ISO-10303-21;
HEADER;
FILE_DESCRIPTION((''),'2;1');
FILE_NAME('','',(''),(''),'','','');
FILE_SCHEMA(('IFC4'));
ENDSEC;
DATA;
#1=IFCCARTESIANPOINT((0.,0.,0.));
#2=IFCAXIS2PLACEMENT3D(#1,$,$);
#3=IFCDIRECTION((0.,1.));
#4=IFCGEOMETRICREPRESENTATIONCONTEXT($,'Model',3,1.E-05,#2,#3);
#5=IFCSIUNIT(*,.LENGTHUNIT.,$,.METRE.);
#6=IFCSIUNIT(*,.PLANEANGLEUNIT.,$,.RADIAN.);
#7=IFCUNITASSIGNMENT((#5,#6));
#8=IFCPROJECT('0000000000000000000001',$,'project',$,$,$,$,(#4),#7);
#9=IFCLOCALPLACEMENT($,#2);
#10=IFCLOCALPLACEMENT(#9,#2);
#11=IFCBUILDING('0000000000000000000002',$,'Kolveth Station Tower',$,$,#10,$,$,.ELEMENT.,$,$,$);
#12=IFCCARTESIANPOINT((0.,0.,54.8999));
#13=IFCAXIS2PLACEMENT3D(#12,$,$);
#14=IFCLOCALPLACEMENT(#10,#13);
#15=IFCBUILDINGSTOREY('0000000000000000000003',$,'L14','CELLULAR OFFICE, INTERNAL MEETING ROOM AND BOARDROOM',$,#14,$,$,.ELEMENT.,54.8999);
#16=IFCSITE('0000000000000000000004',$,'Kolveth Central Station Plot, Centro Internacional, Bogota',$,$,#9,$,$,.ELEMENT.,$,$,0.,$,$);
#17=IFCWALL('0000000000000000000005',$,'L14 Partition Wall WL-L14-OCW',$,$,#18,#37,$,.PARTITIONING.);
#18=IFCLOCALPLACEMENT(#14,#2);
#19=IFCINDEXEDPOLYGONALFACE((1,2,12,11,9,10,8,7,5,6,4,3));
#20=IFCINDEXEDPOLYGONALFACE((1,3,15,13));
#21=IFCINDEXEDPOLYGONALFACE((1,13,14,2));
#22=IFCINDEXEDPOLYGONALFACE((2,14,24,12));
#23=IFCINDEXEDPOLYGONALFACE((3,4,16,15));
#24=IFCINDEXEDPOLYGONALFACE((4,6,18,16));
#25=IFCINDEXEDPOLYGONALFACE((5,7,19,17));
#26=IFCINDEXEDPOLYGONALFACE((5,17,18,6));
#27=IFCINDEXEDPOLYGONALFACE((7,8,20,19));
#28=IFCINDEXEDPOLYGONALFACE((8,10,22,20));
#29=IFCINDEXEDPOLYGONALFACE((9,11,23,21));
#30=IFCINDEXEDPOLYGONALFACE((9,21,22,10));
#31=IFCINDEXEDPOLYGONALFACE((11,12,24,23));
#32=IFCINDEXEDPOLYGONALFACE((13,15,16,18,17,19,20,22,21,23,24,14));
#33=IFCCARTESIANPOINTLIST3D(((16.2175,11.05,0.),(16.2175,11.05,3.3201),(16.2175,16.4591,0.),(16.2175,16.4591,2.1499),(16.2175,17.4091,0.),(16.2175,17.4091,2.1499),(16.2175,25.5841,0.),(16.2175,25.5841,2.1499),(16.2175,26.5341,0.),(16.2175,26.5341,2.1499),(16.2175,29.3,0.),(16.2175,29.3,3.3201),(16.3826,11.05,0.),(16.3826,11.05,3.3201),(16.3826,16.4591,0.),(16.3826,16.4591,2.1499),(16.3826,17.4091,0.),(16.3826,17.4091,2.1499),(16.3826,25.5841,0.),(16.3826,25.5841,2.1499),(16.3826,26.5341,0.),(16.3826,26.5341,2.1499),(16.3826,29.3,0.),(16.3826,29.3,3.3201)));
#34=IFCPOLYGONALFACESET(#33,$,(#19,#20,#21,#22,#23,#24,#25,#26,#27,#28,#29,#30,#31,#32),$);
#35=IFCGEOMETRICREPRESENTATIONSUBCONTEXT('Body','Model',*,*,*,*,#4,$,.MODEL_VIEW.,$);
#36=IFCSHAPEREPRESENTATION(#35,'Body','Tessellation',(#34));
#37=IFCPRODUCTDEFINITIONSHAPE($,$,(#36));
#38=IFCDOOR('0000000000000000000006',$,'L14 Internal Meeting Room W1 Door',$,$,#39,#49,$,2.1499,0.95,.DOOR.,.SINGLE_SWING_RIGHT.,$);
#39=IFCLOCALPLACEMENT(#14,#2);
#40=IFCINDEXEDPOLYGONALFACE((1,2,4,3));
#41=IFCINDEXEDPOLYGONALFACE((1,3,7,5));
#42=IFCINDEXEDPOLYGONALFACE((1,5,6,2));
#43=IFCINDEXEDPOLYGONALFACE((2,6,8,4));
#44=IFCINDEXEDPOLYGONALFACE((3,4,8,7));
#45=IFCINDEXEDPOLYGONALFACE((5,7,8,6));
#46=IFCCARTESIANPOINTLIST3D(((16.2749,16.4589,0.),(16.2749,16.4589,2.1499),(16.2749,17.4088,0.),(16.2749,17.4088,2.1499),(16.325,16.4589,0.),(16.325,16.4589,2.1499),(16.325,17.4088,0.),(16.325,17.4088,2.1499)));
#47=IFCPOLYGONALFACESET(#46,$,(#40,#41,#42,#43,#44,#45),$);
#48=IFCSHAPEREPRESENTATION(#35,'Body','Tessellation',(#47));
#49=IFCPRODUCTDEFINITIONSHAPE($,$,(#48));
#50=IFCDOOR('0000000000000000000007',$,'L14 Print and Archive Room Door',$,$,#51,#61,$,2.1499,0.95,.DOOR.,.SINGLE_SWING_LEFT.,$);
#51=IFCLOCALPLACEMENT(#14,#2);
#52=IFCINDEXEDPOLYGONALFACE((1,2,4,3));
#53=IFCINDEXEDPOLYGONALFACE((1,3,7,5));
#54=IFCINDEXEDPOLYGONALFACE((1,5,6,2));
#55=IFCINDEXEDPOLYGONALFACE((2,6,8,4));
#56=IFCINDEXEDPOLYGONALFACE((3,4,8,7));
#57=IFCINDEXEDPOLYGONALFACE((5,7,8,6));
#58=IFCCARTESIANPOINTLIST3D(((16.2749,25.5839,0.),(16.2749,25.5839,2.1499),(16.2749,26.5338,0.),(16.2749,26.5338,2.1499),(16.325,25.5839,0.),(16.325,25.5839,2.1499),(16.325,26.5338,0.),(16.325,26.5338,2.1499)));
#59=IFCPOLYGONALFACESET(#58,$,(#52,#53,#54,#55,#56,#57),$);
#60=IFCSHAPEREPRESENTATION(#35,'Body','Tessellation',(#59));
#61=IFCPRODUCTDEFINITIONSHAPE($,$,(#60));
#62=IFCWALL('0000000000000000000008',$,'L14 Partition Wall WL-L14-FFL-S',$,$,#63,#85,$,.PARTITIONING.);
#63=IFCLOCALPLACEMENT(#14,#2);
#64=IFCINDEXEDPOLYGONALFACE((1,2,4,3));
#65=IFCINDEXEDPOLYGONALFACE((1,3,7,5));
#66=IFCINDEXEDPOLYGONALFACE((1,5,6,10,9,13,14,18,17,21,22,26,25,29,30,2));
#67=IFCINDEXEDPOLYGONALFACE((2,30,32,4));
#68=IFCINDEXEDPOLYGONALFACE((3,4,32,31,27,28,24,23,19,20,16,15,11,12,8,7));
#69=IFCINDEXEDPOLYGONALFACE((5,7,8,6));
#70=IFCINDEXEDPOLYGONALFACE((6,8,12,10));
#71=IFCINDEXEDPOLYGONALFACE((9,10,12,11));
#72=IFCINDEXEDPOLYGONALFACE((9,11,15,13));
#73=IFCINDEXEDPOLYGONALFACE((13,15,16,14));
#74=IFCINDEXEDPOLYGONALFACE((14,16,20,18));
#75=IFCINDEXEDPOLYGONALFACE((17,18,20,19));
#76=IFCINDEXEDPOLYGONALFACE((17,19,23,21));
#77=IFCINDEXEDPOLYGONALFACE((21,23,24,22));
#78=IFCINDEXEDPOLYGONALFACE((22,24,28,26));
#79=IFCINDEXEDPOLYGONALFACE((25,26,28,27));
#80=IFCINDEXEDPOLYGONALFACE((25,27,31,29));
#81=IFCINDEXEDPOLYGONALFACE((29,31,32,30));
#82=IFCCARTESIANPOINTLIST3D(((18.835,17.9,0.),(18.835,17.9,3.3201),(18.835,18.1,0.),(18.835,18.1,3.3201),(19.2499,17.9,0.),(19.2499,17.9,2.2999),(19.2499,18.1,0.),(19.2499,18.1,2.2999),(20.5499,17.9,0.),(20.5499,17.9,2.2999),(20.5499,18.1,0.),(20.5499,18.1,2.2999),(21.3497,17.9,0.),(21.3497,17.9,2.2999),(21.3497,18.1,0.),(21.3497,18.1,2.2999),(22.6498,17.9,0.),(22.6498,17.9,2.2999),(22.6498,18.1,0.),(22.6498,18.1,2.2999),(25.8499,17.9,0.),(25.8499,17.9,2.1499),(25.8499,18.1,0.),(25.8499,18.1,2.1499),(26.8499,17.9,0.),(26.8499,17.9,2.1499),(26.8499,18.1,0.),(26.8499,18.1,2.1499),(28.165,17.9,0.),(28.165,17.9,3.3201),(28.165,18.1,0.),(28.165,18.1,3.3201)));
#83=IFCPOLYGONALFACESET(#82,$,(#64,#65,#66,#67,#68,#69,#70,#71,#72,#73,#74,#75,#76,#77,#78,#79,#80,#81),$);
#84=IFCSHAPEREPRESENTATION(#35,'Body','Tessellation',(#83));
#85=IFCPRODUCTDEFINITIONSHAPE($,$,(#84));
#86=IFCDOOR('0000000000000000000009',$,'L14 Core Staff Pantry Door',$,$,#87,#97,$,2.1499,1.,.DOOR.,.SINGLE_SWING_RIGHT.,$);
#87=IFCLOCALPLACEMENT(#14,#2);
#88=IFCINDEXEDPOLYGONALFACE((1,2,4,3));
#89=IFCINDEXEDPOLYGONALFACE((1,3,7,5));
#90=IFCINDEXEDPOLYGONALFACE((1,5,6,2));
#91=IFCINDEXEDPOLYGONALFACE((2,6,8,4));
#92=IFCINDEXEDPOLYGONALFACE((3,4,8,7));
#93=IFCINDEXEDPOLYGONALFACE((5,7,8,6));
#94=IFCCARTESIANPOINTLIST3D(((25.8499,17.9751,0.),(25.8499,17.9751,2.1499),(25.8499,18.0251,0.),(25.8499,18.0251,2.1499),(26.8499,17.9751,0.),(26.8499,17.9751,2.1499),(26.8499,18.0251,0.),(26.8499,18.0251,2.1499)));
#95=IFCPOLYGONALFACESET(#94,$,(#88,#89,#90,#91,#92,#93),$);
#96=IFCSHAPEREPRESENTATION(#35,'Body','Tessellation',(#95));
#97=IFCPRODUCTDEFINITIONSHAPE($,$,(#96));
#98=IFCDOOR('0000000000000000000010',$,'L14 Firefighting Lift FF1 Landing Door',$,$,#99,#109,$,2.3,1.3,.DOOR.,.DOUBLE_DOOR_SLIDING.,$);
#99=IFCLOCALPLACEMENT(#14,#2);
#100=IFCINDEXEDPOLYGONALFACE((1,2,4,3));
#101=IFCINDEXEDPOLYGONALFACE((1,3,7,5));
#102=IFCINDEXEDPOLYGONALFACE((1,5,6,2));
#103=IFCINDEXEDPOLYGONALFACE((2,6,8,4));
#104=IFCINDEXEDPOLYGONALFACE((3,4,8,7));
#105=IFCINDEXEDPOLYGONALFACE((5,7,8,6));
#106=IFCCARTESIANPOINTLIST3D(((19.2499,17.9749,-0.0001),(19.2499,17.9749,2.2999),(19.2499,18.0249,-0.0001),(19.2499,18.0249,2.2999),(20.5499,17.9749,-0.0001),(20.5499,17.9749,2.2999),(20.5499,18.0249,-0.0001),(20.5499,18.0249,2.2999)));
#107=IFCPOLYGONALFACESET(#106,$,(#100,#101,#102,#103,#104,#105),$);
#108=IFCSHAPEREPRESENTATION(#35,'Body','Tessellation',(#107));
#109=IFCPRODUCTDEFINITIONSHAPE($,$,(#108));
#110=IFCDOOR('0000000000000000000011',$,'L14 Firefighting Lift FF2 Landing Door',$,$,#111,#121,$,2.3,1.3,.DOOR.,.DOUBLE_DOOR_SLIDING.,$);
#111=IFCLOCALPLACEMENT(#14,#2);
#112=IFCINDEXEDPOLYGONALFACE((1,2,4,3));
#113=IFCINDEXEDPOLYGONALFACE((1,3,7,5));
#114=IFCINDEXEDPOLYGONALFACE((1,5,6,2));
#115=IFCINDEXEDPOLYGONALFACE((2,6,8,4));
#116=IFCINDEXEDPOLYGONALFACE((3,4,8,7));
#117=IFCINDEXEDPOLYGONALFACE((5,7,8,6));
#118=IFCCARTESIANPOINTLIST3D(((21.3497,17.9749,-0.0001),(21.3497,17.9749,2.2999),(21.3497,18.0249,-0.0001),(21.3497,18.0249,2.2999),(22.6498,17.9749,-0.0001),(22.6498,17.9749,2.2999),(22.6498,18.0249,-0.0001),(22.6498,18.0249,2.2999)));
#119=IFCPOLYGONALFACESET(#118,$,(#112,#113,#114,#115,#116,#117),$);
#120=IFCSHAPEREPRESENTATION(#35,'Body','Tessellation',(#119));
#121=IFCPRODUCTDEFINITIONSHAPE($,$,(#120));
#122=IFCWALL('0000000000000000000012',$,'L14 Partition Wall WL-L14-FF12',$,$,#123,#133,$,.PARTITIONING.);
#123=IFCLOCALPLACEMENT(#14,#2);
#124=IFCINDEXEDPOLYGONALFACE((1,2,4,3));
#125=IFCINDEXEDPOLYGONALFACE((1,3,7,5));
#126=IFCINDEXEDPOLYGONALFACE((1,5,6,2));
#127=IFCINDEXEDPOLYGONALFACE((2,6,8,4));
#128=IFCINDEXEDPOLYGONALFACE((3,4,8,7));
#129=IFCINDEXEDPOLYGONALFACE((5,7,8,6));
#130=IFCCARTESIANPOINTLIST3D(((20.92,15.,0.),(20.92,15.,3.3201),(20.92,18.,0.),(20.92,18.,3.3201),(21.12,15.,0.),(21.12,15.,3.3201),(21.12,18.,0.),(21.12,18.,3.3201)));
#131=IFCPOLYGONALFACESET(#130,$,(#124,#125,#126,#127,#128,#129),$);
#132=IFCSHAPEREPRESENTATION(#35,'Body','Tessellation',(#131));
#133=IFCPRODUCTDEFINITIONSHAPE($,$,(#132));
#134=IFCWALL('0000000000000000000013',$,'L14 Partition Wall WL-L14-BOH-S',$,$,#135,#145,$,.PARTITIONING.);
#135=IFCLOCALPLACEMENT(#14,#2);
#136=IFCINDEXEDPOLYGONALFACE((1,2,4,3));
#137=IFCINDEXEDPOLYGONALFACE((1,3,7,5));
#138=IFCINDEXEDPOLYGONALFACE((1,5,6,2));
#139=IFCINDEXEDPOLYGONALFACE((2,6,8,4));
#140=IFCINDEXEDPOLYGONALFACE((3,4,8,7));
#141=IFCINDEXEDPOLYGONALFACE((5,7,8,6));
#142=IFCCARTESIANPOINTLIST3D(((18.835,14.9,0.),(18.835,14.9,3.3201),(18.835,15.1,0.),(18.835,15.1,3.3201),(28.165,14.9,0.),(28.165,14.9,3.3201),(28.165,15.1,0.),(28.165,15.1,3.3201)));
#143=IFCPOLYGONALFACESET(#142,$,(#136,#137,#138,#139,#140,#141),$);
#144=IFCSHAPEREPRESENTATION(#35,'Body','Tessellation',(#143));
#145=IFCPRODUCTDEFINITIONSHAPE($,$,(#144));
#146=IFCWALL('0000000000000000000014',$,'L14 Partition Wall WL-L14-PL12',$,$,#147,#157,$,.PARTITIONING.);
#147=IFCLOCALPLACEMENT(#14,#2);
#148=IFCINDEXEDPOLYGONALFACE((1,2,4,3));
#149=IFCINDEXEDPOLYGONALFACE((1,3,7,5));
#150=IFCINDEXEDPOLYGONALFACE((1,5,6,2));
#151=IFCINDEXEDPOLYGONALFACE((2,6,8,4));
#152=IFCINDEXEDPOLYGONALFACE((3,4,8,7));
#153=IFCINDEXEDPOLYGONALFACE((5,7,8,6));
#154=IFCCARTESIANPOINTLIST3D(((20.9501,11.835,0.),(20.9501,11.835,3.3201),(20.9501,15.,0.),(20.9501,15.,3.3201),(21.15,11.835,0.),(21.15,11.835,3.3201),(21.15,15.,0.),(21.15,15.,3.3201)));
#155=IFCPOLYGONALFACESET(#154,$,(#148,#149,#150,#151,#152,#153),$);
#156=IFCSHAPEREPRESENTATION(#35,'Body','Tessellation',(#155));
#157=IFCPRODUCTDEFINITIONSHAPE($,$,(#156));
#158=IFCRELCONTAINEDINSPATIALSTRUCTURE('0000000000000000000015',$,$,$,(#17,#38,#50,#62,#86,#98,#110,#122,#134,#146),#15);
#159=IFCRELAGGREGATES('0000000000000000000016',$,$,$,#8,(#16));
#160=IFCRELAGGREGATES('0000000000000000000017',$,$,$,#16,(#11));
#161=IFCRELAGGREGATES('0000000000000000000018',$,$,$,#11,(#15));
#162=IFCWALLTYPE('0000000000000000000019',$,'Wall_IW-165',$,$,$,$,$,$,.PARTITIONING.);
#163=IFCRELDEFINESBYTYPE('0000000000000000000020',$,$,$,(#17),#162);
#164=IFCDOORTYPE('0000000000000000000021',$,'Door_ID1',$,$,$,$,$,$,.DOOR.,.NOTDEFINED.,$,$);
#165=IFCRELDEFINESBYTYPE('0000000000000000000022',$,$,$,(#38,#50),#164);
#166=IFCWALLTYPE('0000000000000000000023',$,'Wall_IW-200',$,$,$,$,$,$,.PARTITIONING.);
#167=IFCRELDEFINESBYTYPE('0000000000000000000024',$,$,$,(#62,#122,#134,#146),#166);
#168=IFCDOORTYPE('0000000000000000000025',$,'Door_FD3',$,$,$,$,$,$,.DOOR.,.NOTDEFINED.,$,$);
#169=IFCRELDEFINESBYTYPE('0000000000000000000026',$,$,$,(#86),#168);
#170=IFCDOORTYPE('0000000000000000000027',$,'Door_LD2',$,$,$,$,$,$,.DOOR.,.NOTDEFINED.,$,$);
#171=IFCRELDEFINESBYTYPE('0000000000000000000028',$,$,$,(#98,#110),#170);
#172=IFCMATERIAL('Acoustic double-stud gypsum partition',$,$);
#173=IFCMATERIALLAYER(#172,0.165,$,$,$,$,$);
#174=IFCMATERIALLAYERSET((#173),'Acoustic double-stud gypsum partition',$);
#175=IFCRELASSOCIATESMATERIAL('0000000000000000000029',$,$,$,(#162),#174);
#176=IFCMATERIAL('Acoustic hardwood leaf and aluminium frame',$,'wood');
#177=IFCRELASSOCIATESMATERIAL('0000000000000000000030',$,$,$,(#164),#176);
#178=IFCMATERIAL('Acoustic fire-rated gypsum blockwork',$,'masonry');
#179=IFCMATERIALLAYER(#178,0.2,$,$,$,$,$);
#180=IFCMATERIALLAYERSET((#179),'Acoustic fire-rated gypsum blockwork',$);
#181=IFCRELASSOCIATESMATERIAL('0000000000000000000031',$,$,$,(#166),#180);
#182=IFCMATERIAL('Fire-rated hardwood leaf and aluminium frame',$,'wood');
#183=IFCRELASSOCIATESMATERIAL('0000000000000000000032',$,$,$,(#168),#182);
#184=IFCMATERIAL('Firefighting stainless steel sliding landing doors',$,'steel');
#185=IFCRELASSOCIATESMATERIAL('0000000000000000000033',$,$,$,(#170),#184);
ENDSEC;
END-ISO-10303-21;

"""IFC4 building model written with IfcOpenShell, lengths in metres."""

from ifc_helpers import new_model, si_unit, direction, frame, frame_2d, origin, place, context, subcontext, project, spatial, rectangle, extrude, material, layer, layer_set, type_object, element, fill, save


model = new_model("IFC4")

# Units and contexts
model_context = context("Model", 3, precision=1e-05, world=origin(), true_north=direction((0.0, 1.0)))
body_context = subcontext(model_context, "Body", "Model", "MODEL_VIEW")
ifc_project = project(units=[si_unit("LENGTHUNIT", "METRE"), si_unit("PLANEANGLEUNIT", "RADIAN")], contexts=[model_context])

# Site, building, storey
site_placement = place(None, origin())
site = spatial("IfcSite", under=ifc_project, at=site_placement, Name="Kolveth Central Station Plot, Centro Internacional, Bogota", CompositionType="ELEMENT", RefElevation=0.0)
building_placement = place(site_placement, origin())
building = spatial("IfcBuilding", under=site, at=building_placement, Name="Kolveth Station Tower", CompositionType="ELEMENT")
storey_placement = place(building_placement, frame((0.0, 0.0, 54.8999)))
storey = spatial("IfcBuildingStorey", under=building, at=storey_placement, Name="L14", Description="CELLULAR OFFICE, INTERNAL MEETING ROOM AND BOARDROOM", CompositionType="ELEMENT", Elevation=54.8999)

# Walls, openings, doors
ifc_material_1 = material(Name="Acoustic double-stud gypsum partition")
ifc_layer_1 = layer(ifc_material_1, 0.165)
ifc_layer_set_1 = layer_set([ifc_layer_1], Name="Acoustic double-stud gypsum partition")
wall_type_1 = type_object("IfcWallType", Name="Wall_IW-165", PredefinedType="PARTITIONING", material=ifc_layer_set_1)
wall_1_placement = place(storey_placement, frame((16.3, 11.05, 0.0), z_axis=(0.0, 0.0, 1.0), x_axis=(0.0, 1.0, 0.0)))
wall_1 = element("IfcWall", 1, at=wall_1_placement, inside=storey, type_object=wall_type_1, Name="L14 Partition Wall WL-L14-OCW", PredefinedType="PARTITIONING", context=body_context, shape_type="SweptSolid", body=[
    extrude(rectangle(XDim=18.25, YDim=0.165, at=frame_2d((9.125, 0.0))), origin(), (0.0, 0.0, 1.0), 3.3201),
])
opening_1_placement = place(wall_1_placement, frame((5.4089, 0.0, 0.0)))
opening_1 = element("IfcOpeningElement", 2, at=opening_1_placement, cuts=wall_1, PredefinedType="OPENING", context=body_context, shape_type="SweptSolid", body=[
    extrude(rectangle(XDim=0.95, YDim=2.1499, at=frame_2d((0.4751, 1.075))), frame((0.0, 0.0925, 0.0), z_axis=(0.0, -1.0, 0.0), x_axis=(1.0, 0.0, 0.0)), (0.0, 0.0, 1.0), 0.1851),
])
opening_2_placement = place(wall_1_placement, frame((14.5339, 0.0, 0.0)))
opening_2 = element("IfcOpeningElement", 3, at=opening_2_placement, cuts=wall_1, PredefinedType="OPENING", context=body_context, shape_type="SweptSolid", body=[
    extrude(rectangle(XDim=0.95, YDim=2.1499, at=frame_2d((0.4751, 1.075))), frame((0.0, 0.0925, 0.0), z_axis=(0.0, -1.0, 0.0), x_axis=(1.0, 0.0, 0.0)), (0.0, 0.0, 1.0), 0.1851),
])
ifc_material_2 = material(Name="Acoustic hardwood leaf and aluminium frame", Category="wood")
door_type_1 = type_object("IfcDoorType", Name="Door_ID1", OperationType="NOTDEFINED", PredefinedType="DOOR", material=ifc_material_2)
door_1_placement = place(opening_1_placement, frame((0.95, 0.0, 0.0), z_axis=(0.0, 0.0, 1.0), x_axis=(-1.0, 0.0, 0.0)))
door_1 = element("IfcDoor", 4, at=door_1_placement, inside=storey, type_object=door_type_1, Name="L14 Internal Meeting Room W1 Door", OperationType="SINGLE_SWING_RIGHT", OverallHeight=2.1499, OverallWidth=0.95, PredefinedType="DOOR", context=body_context, shape_type="SweptSolid", body=[
    extrude(rectangle(XDim=0.95, YDim=2.1499, at=frame_2d((0.4751, 1.075))), frame((0.0, 0.0249, 0.0), z_axis=(0.0, -1.0, 0.0), x_axis=(1.0, 0.0, 0.0)), (0.0, 0.0, 1.0), 0.05),
])
fill(opening_1, door_1)
door_2_placement = place(opening_2_placement, frame((0.95, 0.0, 0.0), z_axis=(0.0, 0.0, 1.0), x_axis=(-1.0, 0.0, 0.0)))
door_2 = element("IfcDoor", 5, at=door_2_placement, inside=storey, type_object=door_type_1, Name="L14 Print and Archive Room Door", OperationType="SINGLE_SWING_LEFT", OverallHeight=2.1499, OverallWidth=0.95, PredefinedType="DOOR", context=body_context, shape_type="SweptSolid", body=[
    extrude(rectangle(XDim=0.95, YDim=2.1499, at=frame_2d((0.4751, 1.075))), frame((0.0, 0.0249, 0.0), z_axis=(0.0, -1.0, 0.0), x_axis=(1.0, 0.0, 0.0)), (0.0, 0.0, 1.0), 0.05),
])
fill(opening_2, door_2)
ifc_material_3 = material(Name="Acoustic fire-rated gypsum blockwork", Category="masonry")
ifc_layer_2 = layer(ifc_material_3, 0.2)
ifc_layer_set_2 = layer_set([ifc_layer_2], Name="Acoustic fire-rated gypsum blockwork")
wall_type_2 = type_object("IfcWallType", Name="Wall_IW-200", PredefinedType="PARTITIONING", material=ifc_layer_set_2)
wall_2_placement = place(storey_placement, frame((18.835, 18.0, 0.0), z_axis=(0.0, 0.0, 1.0), x_axis=(1.0, 0.0, 0.0)))
wall_2 = element("IfcWall", 6, at=wall_2_placement, inside=storey, type_object=wall_type_2, Name="L14 Partition Wall WL-L14-FFL-S", PredefinedType="PARTITIONING", context=body_context, shape_type="SweptSolid", body=[
    extrude(rectangle(XDim=9.3301, YDim=0.2, at=frame_2d((4.665, 0.0))), origin(), (0.0, 0.0, 1.0), 3.3201),
])
opening_3_placement = place(wall_2_placement, frame((0.415, 0.0, 0.0)))
opening_3 = element("IfcOpeningElement", 7, at=opening_3_placement, cuts=wall_2, PredefinedType="OPENING", context=body_context, shape_type="SweptSolid", body=[
    extrude(rectangle(XDim=1.3, YDim=2.3, at=frame_2d((0.6499, 1.1499))), frame((0.0, 0.1099, 0.0), z_axis=(0.0, -1.0, 0.0), x_axis=(1.0, 0.0, 0.0)), (0.0, 0.0, 1.0), 0.22),
])
opening_4_placement = place(wall_2_placement, frame((2.5149, 0.0, 0.0)))
opening_4 = element("IfcOpeningElement", 8, at=opening_4_placement, cuts=wall_2, PredefinedType="OPENING", context=body_context, shape_type="SweptSolid", body=[
    extrude(rectangle(XDim=1.3, YDim=2.3, at=frame_2d((0.6499, 1.1499))), frame((0.0, 0.1099, 0.0), z_axis=(0.0, -1.0, 0.0), x_axis=(1.0, 0.0, 0.0)), (0.0, 0.0, 1.0), 0.22),
])
opening_5_placement = place(wall_2_placement, frame((7.0149, 0.0, 0.0)))
opening_5 = element("IfcOpeningElement", 9, at=opening_5_placement, cuts=wall_2, PredefinedType="OPENING", context=body_context, shape_type="SweptSolid", body=[
    extrude(rectangle(XDim=1.0, YDim=2.1499, at=frame_2d((0.5, 1.075))), frame((0.0, 0.1099, 0.0), z_axis=(0.0, -1.0, 0.0), x_axis=(1.0, 0.0, 0.0)), (0.0, 0.0, 1.0), 0.22),
])
ifc_material_4 = material(Name="Fire-rated hardwood leaf and aluminium frame", Category="wood")
door_type_2 = type_object("IfcDoorType", Name="Door_FD3", OperationType="NOTDEFINED", PredefinedType="DOOR", material=ifc_material_4)
door_3_placement = place(opening_5_placement, frame((1.0, 0.0, 0.0), z_axis=(0.0, 0.0, 1.0), x_axis=(-1.0, 0.0, 0.0)))
door_3 = element("IfcDoor", 10, at=door_3_placement, inside=storey, type_object=door_type_2, Name="L14 Core Staff Pantry Door", OperationType="SINGLE_SWING_RIGHT", OverallHeight=2.1499, OverallWidth=1.0, PredefinedType="DOOR", context=body_context, shape_type="SweptSolid", body=[
    extrude(rectangle(XDim=1.0, YDim=2.1499, at=frame_2d((0.5, 1.075))), frame((0.0, 0.0249, 0.0), z_axis=(0.0, -1.0, 0.0), x_axis=(1.0, 0.0, 0.0)), (0.0, 0.0, 1.0), 0.05),
])
fill(opening_5, door_3)
ifc_material_5 = material(Name="Firefighting stainless steel sliding landing doors", Category="steel")
door_type_3 = type_object("IfcDoorType", Name="Door_LD2", OperationType="NOTDEFINED", PredefinedType="DOOR", material=ifc_material_5)
door_4_placement = place(opening_3_placement, origin())
door_4 = element("IfcDoor", 11, at=door_4_placement, inside=storey, type_object=door_type_3, Name="L14 Firefighting Lift FF1 Landing Door", OperationType="DOUBLE_DOOR_SLIDING", OverallHeight=2.3, OverallWidth=1.3, PredefinedType="DOOR", context=body_context, shape_type="SweptSolid", body=[
    extrude(rectangle(XDim=1.3, YDim=2.3, at=frame_2d((0.6499, 1.1499))), frame((0.0, 0.0249, 0.0), z_axis=(0.0, -1.0, 0.0), x_axis=(1.0, 0.0, 0.0)), (0.0, 0.0, 1.0), 0.05),
])
fill(opening_3, door_4)
door_5_placement = place(opening_4_placement, origin())
door_5 = element("IfcDoor", 12, at=door_5_placement, inside=storey, type_object=door_type_3, Name="L14 Firefighting Lift FF2 Landing Door", OperationType="DOUBLE_DOOR_SLIDING", OverallHeight=2.3, OverallWidth=1.3, PredefinedType="DOOR", context=body_context, shape_type="SweptSolid", body=[
    extrude(rectangle(XDim=1.3, YDim=2.3, at=frame_2d((0.6499, 1.1499))), frame((0.0, 0.0249, 0.0), z_axis=(0.0, -1.0, 0.0), x_axis=(1.0, 0.0, 0.0)), (0.0, 0.0, 1.0), 0.05),
])
fill(opening_4, door_5)

# Walls
wall_3_placement = place(storey_placement, frame((21.02, 15.0, 0.0), z_axis=(0.0, 0.0, 1.0), x_axis=(0.0, 1.0, 0.0)))
element("IfcWall", 13, at=wall_3_placement, inside=storey, type_object=wall_type_2, Name="L14 Partition Wall WL-L14-FF12", PredefinedType="PARTITIONING", context=body_context, shape_type="SweptSolid", body=[
    extrude(rectangle(XDim=3.0, YDim=0.2, at=frame_2d((1.5, 0.0))), origin(), (0.0, 0.0, 1.0), 3.3201),
])
wall_4_placement = place(storey_placement, frame((18.835, 15.0, 0.0), z_axis=(0.0, 0.0, 1.0), x_axis=(1.0, 0.0, 0.0)))
element("IfcWall", 14, at=wall_4_placement, inside=storey, type_object=wall_type_2, Name="L14 Partition Wall WL-L14-BOH-S", PredefinedType="PARTITIONING", context=body_context, shape_type="SweptSolid", body=[
    extrude(rectangle(XDim=9.3301, YDim=0.2, at=frame_2d((4.665, 0.0))), origin(), (0.0, 0.0, 1.0), 3.3201),
])
wall_5_placement = place(storey_placement, frame((21.05, 11.835, 0.0), z_axis=(0.0, 0.0, 1.0), x_axis=(0.0, 1.0, 0.0)))
element("IfcWall", 15, at=wall_5_placement, inside=storey, type_object=wall_type_2, Name="L14 Partition Wall WL-L14-PL12", PredefinedType="PARTITIONING", context=body_context, shape_type="SweptSolid", body=[
    extrude(rectangle(XDim=3.165, YDim=0.2, at=frame_2d((1.5825, 0.0))), origin(), (0.0, 0.0, 1.0), 3.3201),
])

save(model, "model.ifc")
